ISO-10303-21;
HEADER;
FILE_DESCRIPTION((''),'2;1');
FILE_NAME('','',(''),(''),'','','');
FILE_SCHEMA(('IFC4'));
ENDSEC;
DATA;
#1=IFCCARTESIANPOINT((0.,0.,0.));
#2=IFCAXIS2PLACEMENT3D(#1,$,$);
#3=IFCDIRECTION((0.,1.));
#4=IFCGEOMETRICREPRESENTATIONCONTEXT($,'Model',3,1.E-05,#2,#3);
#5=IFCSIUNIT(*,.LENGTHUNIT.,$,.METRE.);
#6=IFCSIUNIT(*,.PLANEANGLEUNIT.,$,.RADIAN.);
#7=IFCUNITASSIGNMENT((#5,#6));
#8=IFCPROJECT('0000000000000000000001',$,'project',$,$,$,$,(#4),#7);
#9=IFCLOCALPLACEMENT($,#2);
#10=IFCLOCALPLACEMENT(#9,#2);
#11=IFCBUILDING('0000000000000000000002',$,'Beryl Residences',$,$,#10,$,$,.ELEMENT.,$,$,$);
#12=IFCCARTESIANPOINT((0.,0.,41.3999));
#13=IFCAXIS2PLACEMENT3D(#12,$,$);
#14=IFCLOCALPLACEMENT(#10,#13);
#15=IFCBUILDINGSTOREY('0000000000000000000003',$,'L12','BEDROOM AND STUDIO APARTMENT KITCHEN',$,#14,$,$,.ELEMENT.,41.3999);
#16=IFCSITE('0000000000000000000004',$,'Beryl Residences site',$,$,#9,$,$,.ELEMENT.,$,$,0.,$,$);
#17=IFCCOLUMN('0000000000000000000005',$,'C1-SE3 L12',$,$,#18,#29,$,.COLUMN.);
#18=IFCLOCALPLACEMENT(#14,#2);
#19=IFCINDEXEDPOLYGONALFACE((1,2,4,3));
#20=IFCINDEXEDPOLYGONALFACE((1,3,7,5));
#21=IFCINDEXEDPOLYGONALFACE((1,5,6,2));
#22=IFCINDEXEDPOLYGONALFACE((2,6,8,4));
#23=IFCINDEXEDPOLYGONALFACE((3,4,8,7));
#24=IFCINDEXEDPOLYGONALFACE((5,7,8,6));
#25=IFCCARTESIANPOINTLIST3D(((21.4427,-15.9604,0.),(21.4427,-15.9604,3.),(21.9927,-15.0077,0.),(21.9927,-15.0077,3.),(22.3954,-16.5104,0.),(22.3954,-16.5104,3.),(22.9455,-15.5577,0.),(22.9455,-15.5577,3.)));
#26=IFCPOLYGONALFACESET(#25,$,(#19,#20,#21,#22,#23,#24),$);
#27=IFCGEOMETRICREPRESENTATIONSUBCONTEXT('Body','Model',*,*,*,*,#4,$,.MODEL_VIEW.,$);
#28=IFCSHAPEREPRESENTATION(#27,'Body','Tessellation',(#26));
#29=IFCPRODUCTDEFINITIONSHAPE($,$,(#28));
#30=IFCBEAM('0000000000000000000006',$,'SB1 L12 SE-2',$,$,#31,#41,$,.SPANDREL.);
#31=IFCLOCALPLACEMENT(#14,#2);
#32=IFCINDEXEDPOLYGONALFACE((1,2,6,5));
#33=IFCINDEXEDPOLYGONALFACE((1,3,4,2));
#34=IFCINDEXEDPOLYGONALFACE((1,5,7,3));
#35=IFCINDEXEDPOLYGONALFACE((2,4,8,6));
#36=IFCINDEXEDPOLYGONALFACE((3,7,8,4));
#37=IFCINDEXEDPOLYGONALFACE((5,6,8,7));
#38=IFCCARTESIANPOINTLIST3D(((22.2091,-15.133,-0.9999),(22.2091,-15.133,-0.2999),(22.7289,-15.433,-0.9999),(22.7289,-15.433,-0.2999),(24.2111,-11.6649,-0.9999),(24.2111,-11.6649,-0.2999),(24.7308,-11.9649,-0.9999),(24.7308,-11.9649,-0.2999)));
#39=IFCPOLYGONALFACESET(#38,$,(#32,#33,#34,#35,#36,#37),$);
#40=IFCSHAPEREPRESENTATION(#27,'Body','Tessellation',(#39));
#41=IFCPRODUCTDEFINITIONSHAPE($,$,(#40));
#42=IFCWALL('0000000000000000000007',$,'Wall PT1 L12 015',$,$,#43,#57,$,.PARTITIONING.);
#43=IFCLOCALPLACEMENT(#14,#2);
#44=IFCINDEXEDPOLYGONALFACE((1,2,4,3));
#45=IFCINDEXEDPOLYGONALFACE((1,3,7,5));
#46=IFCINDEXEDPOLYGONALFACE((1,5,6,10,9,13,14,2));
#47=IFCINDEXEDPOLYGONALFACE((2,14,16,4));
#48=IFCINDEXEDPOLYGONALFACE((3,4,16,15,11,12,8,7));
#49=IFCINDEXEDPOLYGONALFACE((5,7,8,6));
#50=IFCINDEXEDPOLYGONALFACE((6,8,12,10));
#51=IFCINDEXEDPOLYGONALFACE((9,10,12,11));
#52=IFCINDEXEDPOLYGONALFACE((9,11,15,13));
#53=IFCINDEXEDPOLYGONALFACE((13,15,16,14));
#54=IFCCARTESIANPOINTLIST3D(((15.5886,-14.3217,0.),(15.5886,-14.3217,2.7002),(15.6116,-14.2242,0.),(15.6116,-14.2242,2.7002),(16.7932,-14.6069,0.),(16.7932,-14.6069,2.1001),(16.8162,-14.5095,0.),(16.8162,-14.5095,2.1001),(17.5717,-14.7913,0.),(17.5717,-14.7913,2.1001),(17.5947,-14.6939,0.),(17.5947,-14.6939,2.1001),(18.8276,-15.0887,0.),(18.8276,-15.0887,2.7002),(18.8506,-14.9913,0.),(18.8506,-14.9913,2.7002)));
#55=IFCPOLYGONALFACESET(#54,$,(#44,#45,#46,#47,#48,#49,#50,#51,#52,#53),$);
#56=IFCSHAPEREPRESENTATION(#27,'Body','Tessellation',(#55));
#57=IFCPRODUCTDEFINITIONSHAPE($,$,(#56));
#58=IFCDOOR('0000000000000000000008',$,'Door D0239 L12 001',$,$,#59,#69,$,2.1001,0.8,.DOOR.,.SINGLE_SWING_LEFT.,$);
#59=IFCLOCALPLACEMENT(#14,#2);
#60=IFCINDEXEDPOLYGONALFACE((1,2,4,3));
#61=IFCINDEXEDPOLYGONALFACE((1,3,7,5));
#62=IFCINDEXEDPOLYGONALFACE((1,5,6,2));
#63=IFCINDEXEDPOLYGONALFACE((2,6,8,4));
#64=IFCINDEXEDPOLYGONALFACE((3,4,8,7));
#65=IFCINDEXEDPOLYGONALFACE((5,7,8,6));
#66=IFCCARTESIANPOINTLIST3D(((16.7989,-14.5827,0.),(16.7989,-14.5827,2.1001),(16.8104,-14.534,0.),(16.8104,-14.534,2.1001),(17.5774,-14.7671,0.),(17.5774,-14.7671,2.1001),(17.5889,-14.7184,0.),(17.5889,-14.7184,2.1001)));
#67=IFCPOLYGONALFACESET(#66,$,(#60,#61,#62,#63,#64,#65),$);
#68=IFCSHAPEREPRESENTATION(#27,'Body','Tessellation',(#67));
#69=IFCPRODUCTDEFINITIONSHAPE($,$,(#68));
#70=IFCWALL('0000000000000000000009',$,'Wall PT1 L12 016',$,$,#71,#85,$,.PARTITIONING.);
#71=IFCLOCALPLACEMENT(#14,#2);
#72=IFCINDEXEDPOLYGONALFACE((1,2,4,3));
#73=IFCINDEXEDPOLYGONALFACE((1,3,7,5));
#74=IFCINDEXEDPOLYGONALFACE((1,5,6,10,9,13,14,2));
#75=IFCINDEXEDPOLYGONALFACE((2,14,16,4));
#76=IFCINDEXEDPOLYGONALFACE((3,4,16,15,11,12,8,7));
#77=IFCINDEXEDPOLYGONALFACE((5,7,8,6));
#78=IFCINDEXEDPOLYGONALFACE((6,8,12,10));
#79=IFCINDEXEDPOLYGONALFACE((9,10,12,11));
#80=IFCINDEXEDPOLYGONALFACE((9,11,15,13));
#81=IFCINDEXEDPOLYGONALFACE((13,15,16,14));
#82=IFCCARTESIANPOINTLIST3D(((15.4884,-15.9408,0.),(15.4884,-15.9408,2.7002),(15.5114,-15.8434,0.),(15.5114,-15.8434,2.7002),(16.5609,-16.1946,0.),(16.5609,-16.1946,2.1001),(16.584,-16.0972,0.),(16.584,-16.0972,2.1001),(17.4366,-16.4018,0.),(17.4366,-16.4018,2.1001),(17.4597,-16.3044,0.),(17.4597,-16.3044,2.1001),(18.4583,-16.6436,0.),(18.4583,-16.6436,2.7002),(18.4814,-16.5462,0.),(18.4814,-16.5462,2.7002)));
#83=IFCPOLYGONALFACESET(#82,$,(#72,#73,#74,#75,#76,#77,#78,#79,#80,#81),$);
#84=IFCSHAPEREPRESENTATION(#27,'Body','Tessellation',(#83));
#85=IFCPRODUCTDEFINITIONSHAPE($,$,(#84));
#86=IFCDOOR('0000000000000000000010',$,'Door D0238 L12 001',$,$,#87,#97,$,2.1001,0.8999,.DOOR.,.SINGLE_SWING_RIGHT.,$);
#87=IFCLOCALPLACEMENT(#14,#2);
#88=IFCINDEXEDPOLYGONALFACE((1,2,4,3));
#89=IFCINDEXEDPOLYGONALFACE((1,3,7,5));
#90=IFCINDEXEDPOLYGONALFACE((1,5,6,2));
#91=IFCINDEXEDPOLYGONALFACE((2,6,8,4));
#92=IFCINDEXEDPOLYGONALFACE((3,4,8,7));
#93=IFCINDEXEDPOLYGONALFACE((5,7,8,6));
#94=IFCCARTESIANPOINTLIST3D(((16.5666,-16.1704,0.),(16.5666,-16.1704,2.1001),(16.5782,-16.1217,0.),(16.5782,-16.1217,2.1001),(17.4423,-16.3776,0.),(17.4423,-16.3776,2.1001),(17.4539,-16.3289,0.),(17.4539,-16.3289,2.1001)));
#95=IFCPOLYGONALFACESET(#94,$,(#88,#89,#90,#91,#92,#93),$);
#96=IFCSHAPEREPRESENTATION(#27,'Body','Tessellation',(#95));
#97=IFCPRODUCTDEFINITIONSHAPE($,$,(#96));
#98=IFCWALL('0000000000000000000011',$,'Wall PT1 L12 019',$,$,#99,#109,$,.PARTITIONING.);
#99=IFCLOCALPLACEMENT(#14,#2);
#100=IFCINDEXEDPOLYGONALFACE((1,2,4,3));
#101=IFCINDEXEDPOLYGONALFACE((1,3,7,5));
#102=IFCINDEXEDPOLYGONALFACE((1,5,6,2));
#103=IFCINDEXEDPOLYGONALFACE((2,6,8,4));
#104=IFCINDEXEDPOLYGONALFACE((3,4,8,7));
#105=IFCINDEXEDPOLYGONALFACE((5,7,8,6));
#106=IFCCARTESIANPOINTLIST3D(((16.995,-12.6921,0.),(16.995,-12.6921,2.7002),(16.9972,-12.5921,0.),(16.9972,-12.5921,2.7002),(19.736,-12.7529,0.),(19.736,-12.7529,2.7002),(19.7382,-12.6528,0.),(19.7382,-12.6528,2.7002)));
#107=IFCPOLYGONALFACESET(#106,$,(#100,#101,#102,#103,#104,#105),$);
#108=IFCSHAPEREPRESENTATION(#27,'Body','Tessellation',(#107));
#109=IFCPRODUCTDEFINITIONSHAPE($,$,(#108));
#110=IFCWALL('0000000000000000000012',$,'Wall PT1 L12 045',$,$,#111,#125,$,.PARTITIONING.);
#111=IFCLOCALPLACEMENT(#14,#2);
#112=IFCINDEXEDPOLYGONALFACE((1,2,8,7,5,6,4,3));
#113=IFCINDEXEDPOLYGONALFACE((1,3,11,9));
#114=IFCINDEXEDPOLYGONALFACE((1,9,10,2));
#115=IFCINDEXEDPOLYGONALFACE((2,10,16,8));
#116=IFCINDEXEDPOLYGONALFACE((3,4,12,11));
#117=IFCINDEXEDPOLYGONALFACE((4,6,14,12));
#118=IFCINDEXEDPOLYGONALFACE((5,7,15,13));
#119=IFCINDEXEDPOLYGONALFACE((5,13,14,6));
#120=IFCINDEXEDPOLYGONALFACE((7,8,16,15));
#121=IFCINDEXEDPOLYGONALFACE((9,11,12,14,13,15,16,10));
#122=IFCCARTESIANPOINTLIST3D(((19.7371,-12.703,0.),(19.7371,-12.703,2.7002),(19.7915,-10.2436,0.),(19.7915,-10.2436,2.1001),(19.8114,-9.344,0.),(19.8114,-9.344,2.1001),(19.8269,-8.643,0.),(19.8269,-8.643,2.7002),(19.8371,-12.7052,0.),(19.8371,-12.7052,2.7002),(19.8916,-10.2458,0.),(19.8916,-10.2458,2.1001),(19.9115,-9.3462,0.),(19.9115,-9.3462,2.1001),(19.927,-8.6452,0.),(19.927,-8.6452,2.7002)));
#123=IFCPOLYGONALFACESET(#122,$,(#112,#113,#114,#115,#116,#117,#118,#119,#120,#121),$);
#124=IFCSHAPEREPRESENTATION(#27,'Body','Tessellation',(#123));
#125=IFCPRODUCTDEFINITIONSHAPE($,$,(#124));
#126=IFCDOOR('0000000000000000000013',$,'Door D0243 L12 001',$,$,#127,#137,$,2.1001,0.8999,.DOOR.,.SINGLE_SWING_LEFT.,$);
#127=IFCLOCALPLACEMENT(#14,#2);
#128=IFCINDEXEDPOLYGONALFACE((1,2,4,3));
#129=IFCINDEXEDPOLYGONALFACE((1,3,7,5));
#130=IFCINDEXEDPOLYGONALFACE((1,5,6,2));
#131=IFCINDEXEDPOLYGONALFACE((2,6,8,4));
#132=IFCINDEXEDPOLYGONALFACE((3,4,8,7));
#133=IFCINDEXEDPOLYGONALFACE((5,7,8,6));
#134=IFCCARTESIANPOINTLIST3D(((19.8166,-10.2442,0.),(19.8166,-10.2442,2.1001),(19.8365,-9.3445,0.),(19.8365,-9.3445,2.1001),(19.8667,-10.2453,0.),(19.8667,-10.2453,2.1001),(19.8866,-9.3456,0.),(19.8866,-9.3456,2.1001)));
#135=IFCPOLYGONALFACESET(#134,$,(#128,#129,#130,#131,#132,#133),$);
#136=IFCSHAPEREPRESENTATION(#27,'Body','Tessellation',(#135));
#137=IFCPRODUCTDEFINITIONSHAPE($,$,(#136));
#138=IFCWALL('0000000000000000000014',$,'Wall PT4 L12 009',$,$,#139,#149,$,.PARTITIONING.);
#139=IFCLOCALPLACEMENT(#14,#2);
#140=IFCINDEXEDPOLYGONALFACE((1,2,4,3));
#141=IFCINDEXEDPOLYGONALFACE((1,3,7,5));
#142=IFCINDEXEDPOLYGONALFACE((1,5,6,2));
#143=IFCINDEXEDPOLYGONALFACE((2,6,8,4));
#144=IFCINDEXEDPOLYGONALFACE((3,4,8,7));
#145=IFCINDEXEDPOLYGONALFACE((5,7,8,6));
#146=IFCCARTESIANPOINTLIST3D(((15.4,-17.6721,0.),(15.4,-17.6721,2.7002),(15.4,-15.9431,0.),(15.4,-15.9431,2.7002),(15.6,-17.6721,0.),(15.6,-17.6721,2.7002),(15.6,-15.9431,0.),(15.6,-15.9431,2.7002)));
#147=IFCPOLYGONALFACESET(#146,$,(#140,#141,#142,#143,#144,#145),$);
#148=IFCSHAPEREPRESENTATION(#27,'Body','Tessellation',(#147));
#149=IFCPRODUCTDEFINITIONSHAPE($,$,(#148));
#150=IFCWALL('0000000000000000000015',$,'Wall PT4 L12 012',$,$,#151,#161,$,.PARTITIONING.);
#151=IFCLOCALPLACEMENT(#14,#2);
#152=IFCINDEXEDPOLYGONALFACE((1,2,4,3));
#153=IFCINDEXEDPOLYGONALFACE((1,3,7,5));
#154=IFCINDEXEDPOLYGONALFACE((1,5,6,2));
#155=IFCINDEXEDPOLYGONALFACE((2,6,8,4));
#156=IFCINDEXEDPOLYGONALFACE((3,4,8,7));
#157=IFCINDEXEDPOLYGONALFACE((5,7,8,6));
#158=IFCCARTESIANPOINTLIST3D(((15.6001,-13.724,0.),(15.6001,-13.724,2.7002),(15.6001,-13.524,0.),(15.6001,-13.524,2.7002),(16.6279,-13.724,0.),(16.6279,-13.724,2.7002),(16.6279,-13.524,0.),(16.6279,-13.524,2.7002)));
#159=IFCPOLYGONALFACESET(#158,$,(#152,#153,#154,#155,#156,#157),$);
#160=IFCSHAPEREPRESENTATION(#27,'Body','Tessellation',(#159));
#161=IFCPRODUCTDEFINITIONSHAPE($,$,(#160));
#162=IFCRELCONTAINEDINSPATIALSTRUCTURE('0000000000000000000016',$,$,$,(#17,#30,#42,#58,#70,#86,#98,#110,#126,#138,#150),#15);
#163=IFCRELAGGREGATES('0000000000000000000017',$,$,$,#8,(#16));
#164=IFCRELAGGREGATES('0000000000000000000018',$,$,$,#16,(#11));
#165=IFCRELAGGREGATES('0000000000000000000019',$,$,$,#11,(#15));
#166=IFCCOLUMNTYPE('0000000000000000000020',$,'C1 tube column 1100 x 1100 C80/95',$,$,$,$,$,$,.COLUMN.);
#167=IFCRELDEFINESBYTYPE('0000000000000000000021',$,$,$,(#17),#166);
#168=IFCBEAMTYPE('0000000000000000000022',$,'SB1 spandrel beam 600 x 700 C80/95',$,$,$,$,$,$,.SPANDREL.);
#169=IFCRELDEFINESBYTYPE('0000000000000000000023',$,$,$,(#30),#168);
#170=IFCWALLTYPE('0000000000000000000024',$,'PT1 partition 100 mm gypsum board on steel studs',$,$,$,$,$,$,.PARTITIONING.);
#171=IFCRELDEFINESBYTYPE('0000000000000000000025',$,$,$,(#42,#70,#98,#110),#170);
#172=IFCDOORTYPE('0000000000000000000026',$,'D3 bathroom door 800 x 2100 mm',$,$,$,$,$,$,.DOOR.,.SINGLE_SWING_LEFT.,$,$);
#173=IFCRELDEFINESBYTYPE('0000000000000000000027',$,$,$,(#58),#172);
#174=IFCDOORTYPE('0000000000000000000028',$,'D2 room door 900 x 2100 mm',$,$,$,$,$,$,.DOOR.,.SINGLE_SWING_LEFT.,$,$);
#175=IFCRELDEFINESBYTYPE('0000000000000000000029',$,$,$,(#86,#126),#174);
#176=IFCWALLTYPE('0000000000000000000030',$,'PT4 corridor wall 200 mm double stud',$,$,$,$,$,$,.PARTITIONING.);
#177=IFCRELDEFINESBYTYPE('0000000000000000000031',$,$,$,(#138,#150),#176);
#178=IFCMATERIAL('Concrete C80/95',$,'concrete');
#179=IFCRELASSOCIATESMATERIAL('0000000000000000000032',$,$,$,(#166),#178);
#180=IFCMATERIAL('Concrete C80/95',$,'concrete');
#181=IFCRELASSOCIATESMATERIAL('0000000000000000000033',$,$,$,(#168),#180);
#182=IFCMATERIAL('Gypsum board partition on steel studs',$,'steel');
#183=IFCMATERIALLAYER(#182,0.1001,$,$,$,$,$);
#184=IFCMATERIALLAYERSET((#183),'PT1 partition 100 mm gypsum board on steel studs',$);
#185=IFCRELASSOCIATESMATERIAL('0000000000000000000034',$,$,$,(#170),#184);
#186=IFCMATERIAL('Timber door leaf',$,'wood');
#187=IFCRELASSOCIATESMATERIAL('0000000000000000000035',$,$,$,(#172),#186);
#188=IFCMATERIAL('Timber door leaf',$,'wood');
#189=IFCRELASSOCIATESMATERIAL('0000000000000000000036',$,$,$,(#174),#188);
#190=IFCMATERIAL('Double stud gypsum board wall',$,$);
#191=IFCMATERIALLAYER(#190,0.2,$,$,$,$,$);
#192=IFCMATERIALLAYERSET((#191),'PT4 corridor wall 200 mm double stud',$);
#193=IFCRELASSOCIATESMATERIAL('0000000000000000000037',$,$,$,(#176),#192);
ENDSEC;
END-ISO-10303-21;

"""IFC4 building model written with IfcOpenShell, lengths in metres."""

from ifc_helpers import new_model, si_unit, direction, frame, frame_2d, origin, origin_2d, place, context, subcontext, project, spatial, rectangle, extrude, material, layer, layer_set, material_profile, profile_set, type_object, element, fill, save


model = new_model("IFC4")

# Units and contexts
model_context = context("Model", 3, precision=1e-05, world=origin(), true_north=direction((0.0, 1.0)))
body_context = subcontext(model_context, "Body", "Model", "MODEL_VIEW")
ifc_project = project(units=[si_unit("LENGTHUNIT", "METRE"), si_unit("PLANEANGLEUNIT", "RADIAN")], contexts=[model_context])

# Site, building, storey
site_placement = place(None, origin())
site = spatial("IfcSite", under=ifc_project, at=site_placement, Name="Beryl Residences site", CompositionType="ELEMENT", RefElevation=0.0)
building_placement = place(site_placement, origin())
building = spatial("IfcBuilding", under=site, at=building_placement, Name="Beryl Residences", CompositionType="ELEMENT")
storey_placement = place(building_placement, frame((0.0, 0.0, 41.3999)))
storey = spatial("IfcBuildingStorey", under=building, at=storey_placement, Name="L12", Description="BEDROOM AND STUDIO APARTMENT KITCHEN", CompositionType="ELEMENT", Elevation=41.3999)

# Column
ifc_material_1 = material(Name="Concrete C80/95", Category="concrete")
ifc_material_profile_1 = material_profile(ifc_material_1, rectangle(XDim=1.1001, YDim=1.1001, at=origin_2d()))
ifc_profile_set_1 = profile_set([ifc_material_profile_1], Name="Concrete C80/95")
column_type = type_object("IfcColumnType", Name="C1 tube column 1100 x 1100 C80/95", PredefinedType="COLUMN", material=ifc_profile_set_1)
column_placement = place(storey_placement, frame((22.1941, -15.759, 0.0), z_axis=(0.0, 0.0, 1.0), x_axis=(0.499985, 0.866034, 0.0)))
element("IfcColumn", 1, at=column_placement, inside=storey, type_object=column_type, Name="C1-SE3 L12", PredefinedType="COLUMN", context=body_context, shape_type="SweptSolid", body=[
    extrude(rectangle(XDim=1.1001, YDim=1.1001, at=origin_2d()), origin(), (0.0, 0.0, 1.0), 3.0),
])

# Beam
ifc_material_2 = material(Name="Concrete C80/95", Category="concrete")
ifc_material_profile_2 = material_profile(ifc_material_2, rectangle(XDim=0.6001, YDim=0.7, at=origin_2d()))
ifc_profile_set_2 = profile_set([ifc_material_profile_2], Name="Concrete C80/95")
beam_type = type_object("IfcBeamType", Name="SB1 spandrel beam 600 x 700 C80/95", PredefinedType="SPANDREL", material=ifc_profile_set_2)
beam_placement = place(storey_placement, frame((22.469, -15.283, -0.6499), z_axis=(0.499942, 0.866059, 0.0), x_axis=(-0.866059, 0.499942, 0.0)))
element("IfcBeam", 2, at=beam_placement, inside=storey, type_object=beam_type, Name="SB1 L12 SE-2", PredefinedType="SPANDREL", context=body_context, shape_type="SweptSolid", body=[
    extrude(rectangle(XDim=0.6001, YDim=0.7, at=origin_2d()), origin(), (0.0, 0.0, 1.0), 4.0044),
])

# Walls, openings, doors
ifc_material_3 = material(Name="Gypsum board partition on steel studs", Category="steel")
ifc_layer_1 = layer(ifc_material_3, 0.1001)
ifc_layer_set_1 = layer_set([ifc_layer_1], Name="PT1 partition 100 mm gypsum board on steel studs")
wall_type_1 = type_object("IfcWallType", Name="PT1 partition 100 mm gypsum board on steel studs", PredefinedType="PARTITIONING", material=ifc_layer_set_1)
wall_1_placement = place(storey_placement, frame((15.6001, -14.2729, 0.0), z_axis=(0.0, 0.0, 1.0), x_axis=(0.973083, -0.230454, 0.0)))
wall_1 = element("IfcWall", 3, at=wall_1_placement, inside=storey, type_object=wall_type_1, Name="Wall PT1 L12 015", PredefinedType="PARTITIONING", context=body_context, shape_type="SweptSolid", body=[
    extrude(rectangle(XDim=3.3286, YDim=0.1001, at=frame_2d((1.6643, 0.0))), origin(), (0.0, 0.0, 1.0), 2.7002),
])
opening_1_placement = place(wall_1_placement, frame((1.238, 0.0, 0.0)))
opening_1 = element("IfcOpeningElement", 4, at=opening_1_placement, cuts=wall_1, PredefinedType="OPENING", context=body_context, shape_type="SweptSolid", body=[
    extrude(rectangle(XDim=0.8, YDim=2.1001, at=frame_2d((0.3999, 1.05))), frame((0.0, 0.0601, 0.0), z_axis=(0.0, -1.0, 0.0), x_axis=(1.0, 0.0, 0.0)), (0.0, 0.0, 1.0), 0.1201),
])
ifc_material_4 = material(Name="Timber door leaf", Category="wood")
door_type_1 = type_object("IfcDoorType", Name="D3 bathroom door 800 x 2100 mm", OperationType="SINGLE_SWING_LEFT", PredefinedType="DOOR", material=ifc_material_4)
door_1_placement = place(opening_1_placement, origin())
door_1 = element("IfcDoor", 5, at=door_1_placement, inside=storey, type_object=door_type_1, Name="Door D0239 L12 001", OperationType="SINGLE_SWING_LEFT", OverallHeight=2.1001, OverallWidth=0.8, PredefinedType="DOOR", context=body_context, shape_type="SweptSolid", body=[
    extrude(rectangle(XDim=0.8, YDim=2.1001, at=frame_2d((0.3999, 1.05))), frame((0.0, 0.0249, 0.0), z_axis=(0.0, -1.0, 0.0), x_axis=(1.0, 0.0, 0.0)), (0.0, 0.0, 1.0), 0.05),
])
fill(opening_1, door_1)
wall_2_placement = place(storey_placement, frame((15.5, -15.8921, 0.0), z_axis=(0.0, 0.0, 1.0), x_axis=(0.973119, -0.230301, 0.0)))
wall_2 = element("IfcWall", 6, at=wall_2_placement, inside=storey, type_object=wall_type_1, Name="Wall PT1 L12 016", PredefinedType="PARTITIONING", context=body_context, shape_type="SweptSolid", body=[
    extrude(rectangle(XDim=3.052, YDim=0.1001, at=frame_2d((1.5259, 0.0))), origin(), (0.0, 0.0, 1.0), 2.7002),
])
opening_2_placement = place(wall_2_placement, frame((1.1021, 0.0, 0.0)))
opening_2 = element("IfcOpeningElement", 7, at=opening_2_placement, cuts=wall_2, PredefinedType="OPENING", context=body_context, shape_type="SweptSolid", body=[
    extrude(rectangle(XDim=0.8999, YDim=2.1001, at=frame_2d((0.45, 1.05))), frame((0.0, 0.0601, 0.0), z_axis=(0.0, -1.0, 0.0), x_axis=(1.0, 0.0, 0.0)), (0.0, 0.0, 1.0), 0.1201),
])
ifc_material_5 = material(Name="Timber door leaf", Category="wood")
door_type_2 = type_object("IfcDoorType", Name="D2 room door 900 x 2100 mm", OperationType="SINGLE_SWING_LEFT", PredefinedType="DOOR", material=ifc_material_5)
door_2_placement = place(opening_2_placement, origin())
door_2 = element("IfcDoor", 8, at=door_2_placement, inside=storey, type_object=door_type_2, Name="Door D0238 L12 001", OperationType="SINGLE_SWING_RIGHT", OverallHeight=2.1001, OverallWidth=0.8999, PredefinedType="DOOR", context=body_context, shape_type="SweptSolid", body=[
    extrude(rectangle(XDim=0.8999, YDim=2.1001, at=frame_2d((0.45, 1.05))), frame((0.0, 0.0249, 0.0), z_axis=(0.0, -1.0, 0.0), x_axis=(1.0, 0.0, 0.0)), (0.0, 0.0, 1.0), 0.05),
])
fill(opening_2, door_2)

# Wall
wall_3_placement = place(storey_placement, frame((16.9961, -12.6421, 0.0), z_axis=(0.0, 0.0, 1.0), x_axis=(0.999754, -0.022173, 0.0)))
element("IfcWall", 9, at=wall_3_placement, inside=storey, type_object=wall_type_1, Name="Wall PT1 L12 019", PredefinedType="PARTITIONING", context=body_context, shape_type="SweptSolid", body=[
    extrude(rectangle(XDim=2.7417, YDim=0.1001, at=frame_2d((1.3708, 0.0))), origin(), (0.0, 0.0, 1.0), 2.7002),
])

# Wall, opening, door
wall_4_placement = place(storey_placement, frame((19.7871, -12.7041, 0.0), z_axis=(0.0, 0.0, 1.0), x_axis=(0.022123, 0.999755, 0.0)))
wall_4 = element("IfcWall", 10, at=wall_4_placement, inside=storey, type_object=wall_type_1, Name="Wall PT1 L12 045", PredefinedType="PARTITIONING", context=body_context, shape_type="SweptSolid", body=[
    extrude(rectangle(XDim=4.061, YDim=0.1001, at=frame_2d((2.0305, 0.0))), origin(), (0.0, 0.0, 1.0), 2.7002),
])
opening_3_placement = place(wall_4_placement, frame((2.46, 0.0, 0.0)))
opening_3 = element("IfcOpeningElement", 11, at=opening_3_placement, cuts=wall_4, PredefinedType="OPENING", context=body_context, shape_type="SweptSolid", body=[
    extrude(rectangle(XDim=0.8999, YDim=2.1001, at=frame_2d((0.45, 1.05))), frame((0.0, 0.0601, 0.0), z_axis=(0.0, -1.0, 0.0), x_axis=(1.0, 0.0, 0.0)), (0.0, 0.0, 1.0), 0.1201),
])
door_3_placement = place(opening_3_placement, origin())
door_3 = element("IfcDoor", 12, at=door_3_placement, inside=storey, type_object=door_type_2, Name="Door D0243 L12 001", OperationType="SINGLE_SWING_LEFT", OverallHeight=2.1001, OverallWidth=0.8999, PredefinedType="DOOR", context=body_context, shape_type="SweptSolid", body=[
    extrude(rectangle(XDim=0.8999, YDim=2.1001, at=frame_2d((0.45, 1.05))), frame((0.0, 0.0249, 0.0), z_axis=(0.0, -1.0, 0.0), x_axis=(1.0, 0.0, 0.0)), (0.0, 0.0, 1.0), 0.05),
])
fill(opening_3, door_3)

# Walls
ifc_material_6 = material(Name="Double stud gypsum board wall")
ifc_layer_2 = layer(ifc_material_6, 0.2)
ifc_layer_set_2 = layer_set([ifc_layer_2], Name="PT4 corridor wall 200 mm double stud")
wall_type_2 = type_object("IfcWallType", Name="PT4 corridor wall 200 mm double stud", PredefinedType="PARTITIONING", material=ifc_layer_set_2)
wall_5_placement = place(storey_placement, frame((15.5, -15.9431, 0.0), z_axis=(0.0, 0.0, 1.0), x_axis=(0.0, -1.0, 0.0)))
element("IfcWall", 13, at=wall_5_placement, inside=storey, type_object=wall_type_2, Name="Wall PT4 L12 009", PredefinedType="PARTITIONING", context=body_context, shape_type="SweptSolid", body=[
    extrude(rectangle(XDim=1.729, YDim=0.2, at=frame_2d((0.8645, 0.0))), origin(), (0.0, 0.0, 1.0), 2.7002),
])
wall_6_placement = place(storey_placement, frame((15.6001, -13.624, 0.0), z_axis=(0.0, 0.0, 1.0), x_axis=(1.0, 0.0, 0.0)))
element("IfcWall", 14, at=wall_6_placement, inside=storey, type_object=wall_type_2, Name="Wall PT4 L12 012", PredefinedType="PARTITIONING", context=body_context, shape_type="SweptSolid", body=[
    extrude(rectangle(XDim=1.0278, YDim=0.2, at=frame_2d((0.5139, 0.0))), origin(), (0.0, 0.0, 1.0), 2.7002),
])

save(model, "model.ifc")
